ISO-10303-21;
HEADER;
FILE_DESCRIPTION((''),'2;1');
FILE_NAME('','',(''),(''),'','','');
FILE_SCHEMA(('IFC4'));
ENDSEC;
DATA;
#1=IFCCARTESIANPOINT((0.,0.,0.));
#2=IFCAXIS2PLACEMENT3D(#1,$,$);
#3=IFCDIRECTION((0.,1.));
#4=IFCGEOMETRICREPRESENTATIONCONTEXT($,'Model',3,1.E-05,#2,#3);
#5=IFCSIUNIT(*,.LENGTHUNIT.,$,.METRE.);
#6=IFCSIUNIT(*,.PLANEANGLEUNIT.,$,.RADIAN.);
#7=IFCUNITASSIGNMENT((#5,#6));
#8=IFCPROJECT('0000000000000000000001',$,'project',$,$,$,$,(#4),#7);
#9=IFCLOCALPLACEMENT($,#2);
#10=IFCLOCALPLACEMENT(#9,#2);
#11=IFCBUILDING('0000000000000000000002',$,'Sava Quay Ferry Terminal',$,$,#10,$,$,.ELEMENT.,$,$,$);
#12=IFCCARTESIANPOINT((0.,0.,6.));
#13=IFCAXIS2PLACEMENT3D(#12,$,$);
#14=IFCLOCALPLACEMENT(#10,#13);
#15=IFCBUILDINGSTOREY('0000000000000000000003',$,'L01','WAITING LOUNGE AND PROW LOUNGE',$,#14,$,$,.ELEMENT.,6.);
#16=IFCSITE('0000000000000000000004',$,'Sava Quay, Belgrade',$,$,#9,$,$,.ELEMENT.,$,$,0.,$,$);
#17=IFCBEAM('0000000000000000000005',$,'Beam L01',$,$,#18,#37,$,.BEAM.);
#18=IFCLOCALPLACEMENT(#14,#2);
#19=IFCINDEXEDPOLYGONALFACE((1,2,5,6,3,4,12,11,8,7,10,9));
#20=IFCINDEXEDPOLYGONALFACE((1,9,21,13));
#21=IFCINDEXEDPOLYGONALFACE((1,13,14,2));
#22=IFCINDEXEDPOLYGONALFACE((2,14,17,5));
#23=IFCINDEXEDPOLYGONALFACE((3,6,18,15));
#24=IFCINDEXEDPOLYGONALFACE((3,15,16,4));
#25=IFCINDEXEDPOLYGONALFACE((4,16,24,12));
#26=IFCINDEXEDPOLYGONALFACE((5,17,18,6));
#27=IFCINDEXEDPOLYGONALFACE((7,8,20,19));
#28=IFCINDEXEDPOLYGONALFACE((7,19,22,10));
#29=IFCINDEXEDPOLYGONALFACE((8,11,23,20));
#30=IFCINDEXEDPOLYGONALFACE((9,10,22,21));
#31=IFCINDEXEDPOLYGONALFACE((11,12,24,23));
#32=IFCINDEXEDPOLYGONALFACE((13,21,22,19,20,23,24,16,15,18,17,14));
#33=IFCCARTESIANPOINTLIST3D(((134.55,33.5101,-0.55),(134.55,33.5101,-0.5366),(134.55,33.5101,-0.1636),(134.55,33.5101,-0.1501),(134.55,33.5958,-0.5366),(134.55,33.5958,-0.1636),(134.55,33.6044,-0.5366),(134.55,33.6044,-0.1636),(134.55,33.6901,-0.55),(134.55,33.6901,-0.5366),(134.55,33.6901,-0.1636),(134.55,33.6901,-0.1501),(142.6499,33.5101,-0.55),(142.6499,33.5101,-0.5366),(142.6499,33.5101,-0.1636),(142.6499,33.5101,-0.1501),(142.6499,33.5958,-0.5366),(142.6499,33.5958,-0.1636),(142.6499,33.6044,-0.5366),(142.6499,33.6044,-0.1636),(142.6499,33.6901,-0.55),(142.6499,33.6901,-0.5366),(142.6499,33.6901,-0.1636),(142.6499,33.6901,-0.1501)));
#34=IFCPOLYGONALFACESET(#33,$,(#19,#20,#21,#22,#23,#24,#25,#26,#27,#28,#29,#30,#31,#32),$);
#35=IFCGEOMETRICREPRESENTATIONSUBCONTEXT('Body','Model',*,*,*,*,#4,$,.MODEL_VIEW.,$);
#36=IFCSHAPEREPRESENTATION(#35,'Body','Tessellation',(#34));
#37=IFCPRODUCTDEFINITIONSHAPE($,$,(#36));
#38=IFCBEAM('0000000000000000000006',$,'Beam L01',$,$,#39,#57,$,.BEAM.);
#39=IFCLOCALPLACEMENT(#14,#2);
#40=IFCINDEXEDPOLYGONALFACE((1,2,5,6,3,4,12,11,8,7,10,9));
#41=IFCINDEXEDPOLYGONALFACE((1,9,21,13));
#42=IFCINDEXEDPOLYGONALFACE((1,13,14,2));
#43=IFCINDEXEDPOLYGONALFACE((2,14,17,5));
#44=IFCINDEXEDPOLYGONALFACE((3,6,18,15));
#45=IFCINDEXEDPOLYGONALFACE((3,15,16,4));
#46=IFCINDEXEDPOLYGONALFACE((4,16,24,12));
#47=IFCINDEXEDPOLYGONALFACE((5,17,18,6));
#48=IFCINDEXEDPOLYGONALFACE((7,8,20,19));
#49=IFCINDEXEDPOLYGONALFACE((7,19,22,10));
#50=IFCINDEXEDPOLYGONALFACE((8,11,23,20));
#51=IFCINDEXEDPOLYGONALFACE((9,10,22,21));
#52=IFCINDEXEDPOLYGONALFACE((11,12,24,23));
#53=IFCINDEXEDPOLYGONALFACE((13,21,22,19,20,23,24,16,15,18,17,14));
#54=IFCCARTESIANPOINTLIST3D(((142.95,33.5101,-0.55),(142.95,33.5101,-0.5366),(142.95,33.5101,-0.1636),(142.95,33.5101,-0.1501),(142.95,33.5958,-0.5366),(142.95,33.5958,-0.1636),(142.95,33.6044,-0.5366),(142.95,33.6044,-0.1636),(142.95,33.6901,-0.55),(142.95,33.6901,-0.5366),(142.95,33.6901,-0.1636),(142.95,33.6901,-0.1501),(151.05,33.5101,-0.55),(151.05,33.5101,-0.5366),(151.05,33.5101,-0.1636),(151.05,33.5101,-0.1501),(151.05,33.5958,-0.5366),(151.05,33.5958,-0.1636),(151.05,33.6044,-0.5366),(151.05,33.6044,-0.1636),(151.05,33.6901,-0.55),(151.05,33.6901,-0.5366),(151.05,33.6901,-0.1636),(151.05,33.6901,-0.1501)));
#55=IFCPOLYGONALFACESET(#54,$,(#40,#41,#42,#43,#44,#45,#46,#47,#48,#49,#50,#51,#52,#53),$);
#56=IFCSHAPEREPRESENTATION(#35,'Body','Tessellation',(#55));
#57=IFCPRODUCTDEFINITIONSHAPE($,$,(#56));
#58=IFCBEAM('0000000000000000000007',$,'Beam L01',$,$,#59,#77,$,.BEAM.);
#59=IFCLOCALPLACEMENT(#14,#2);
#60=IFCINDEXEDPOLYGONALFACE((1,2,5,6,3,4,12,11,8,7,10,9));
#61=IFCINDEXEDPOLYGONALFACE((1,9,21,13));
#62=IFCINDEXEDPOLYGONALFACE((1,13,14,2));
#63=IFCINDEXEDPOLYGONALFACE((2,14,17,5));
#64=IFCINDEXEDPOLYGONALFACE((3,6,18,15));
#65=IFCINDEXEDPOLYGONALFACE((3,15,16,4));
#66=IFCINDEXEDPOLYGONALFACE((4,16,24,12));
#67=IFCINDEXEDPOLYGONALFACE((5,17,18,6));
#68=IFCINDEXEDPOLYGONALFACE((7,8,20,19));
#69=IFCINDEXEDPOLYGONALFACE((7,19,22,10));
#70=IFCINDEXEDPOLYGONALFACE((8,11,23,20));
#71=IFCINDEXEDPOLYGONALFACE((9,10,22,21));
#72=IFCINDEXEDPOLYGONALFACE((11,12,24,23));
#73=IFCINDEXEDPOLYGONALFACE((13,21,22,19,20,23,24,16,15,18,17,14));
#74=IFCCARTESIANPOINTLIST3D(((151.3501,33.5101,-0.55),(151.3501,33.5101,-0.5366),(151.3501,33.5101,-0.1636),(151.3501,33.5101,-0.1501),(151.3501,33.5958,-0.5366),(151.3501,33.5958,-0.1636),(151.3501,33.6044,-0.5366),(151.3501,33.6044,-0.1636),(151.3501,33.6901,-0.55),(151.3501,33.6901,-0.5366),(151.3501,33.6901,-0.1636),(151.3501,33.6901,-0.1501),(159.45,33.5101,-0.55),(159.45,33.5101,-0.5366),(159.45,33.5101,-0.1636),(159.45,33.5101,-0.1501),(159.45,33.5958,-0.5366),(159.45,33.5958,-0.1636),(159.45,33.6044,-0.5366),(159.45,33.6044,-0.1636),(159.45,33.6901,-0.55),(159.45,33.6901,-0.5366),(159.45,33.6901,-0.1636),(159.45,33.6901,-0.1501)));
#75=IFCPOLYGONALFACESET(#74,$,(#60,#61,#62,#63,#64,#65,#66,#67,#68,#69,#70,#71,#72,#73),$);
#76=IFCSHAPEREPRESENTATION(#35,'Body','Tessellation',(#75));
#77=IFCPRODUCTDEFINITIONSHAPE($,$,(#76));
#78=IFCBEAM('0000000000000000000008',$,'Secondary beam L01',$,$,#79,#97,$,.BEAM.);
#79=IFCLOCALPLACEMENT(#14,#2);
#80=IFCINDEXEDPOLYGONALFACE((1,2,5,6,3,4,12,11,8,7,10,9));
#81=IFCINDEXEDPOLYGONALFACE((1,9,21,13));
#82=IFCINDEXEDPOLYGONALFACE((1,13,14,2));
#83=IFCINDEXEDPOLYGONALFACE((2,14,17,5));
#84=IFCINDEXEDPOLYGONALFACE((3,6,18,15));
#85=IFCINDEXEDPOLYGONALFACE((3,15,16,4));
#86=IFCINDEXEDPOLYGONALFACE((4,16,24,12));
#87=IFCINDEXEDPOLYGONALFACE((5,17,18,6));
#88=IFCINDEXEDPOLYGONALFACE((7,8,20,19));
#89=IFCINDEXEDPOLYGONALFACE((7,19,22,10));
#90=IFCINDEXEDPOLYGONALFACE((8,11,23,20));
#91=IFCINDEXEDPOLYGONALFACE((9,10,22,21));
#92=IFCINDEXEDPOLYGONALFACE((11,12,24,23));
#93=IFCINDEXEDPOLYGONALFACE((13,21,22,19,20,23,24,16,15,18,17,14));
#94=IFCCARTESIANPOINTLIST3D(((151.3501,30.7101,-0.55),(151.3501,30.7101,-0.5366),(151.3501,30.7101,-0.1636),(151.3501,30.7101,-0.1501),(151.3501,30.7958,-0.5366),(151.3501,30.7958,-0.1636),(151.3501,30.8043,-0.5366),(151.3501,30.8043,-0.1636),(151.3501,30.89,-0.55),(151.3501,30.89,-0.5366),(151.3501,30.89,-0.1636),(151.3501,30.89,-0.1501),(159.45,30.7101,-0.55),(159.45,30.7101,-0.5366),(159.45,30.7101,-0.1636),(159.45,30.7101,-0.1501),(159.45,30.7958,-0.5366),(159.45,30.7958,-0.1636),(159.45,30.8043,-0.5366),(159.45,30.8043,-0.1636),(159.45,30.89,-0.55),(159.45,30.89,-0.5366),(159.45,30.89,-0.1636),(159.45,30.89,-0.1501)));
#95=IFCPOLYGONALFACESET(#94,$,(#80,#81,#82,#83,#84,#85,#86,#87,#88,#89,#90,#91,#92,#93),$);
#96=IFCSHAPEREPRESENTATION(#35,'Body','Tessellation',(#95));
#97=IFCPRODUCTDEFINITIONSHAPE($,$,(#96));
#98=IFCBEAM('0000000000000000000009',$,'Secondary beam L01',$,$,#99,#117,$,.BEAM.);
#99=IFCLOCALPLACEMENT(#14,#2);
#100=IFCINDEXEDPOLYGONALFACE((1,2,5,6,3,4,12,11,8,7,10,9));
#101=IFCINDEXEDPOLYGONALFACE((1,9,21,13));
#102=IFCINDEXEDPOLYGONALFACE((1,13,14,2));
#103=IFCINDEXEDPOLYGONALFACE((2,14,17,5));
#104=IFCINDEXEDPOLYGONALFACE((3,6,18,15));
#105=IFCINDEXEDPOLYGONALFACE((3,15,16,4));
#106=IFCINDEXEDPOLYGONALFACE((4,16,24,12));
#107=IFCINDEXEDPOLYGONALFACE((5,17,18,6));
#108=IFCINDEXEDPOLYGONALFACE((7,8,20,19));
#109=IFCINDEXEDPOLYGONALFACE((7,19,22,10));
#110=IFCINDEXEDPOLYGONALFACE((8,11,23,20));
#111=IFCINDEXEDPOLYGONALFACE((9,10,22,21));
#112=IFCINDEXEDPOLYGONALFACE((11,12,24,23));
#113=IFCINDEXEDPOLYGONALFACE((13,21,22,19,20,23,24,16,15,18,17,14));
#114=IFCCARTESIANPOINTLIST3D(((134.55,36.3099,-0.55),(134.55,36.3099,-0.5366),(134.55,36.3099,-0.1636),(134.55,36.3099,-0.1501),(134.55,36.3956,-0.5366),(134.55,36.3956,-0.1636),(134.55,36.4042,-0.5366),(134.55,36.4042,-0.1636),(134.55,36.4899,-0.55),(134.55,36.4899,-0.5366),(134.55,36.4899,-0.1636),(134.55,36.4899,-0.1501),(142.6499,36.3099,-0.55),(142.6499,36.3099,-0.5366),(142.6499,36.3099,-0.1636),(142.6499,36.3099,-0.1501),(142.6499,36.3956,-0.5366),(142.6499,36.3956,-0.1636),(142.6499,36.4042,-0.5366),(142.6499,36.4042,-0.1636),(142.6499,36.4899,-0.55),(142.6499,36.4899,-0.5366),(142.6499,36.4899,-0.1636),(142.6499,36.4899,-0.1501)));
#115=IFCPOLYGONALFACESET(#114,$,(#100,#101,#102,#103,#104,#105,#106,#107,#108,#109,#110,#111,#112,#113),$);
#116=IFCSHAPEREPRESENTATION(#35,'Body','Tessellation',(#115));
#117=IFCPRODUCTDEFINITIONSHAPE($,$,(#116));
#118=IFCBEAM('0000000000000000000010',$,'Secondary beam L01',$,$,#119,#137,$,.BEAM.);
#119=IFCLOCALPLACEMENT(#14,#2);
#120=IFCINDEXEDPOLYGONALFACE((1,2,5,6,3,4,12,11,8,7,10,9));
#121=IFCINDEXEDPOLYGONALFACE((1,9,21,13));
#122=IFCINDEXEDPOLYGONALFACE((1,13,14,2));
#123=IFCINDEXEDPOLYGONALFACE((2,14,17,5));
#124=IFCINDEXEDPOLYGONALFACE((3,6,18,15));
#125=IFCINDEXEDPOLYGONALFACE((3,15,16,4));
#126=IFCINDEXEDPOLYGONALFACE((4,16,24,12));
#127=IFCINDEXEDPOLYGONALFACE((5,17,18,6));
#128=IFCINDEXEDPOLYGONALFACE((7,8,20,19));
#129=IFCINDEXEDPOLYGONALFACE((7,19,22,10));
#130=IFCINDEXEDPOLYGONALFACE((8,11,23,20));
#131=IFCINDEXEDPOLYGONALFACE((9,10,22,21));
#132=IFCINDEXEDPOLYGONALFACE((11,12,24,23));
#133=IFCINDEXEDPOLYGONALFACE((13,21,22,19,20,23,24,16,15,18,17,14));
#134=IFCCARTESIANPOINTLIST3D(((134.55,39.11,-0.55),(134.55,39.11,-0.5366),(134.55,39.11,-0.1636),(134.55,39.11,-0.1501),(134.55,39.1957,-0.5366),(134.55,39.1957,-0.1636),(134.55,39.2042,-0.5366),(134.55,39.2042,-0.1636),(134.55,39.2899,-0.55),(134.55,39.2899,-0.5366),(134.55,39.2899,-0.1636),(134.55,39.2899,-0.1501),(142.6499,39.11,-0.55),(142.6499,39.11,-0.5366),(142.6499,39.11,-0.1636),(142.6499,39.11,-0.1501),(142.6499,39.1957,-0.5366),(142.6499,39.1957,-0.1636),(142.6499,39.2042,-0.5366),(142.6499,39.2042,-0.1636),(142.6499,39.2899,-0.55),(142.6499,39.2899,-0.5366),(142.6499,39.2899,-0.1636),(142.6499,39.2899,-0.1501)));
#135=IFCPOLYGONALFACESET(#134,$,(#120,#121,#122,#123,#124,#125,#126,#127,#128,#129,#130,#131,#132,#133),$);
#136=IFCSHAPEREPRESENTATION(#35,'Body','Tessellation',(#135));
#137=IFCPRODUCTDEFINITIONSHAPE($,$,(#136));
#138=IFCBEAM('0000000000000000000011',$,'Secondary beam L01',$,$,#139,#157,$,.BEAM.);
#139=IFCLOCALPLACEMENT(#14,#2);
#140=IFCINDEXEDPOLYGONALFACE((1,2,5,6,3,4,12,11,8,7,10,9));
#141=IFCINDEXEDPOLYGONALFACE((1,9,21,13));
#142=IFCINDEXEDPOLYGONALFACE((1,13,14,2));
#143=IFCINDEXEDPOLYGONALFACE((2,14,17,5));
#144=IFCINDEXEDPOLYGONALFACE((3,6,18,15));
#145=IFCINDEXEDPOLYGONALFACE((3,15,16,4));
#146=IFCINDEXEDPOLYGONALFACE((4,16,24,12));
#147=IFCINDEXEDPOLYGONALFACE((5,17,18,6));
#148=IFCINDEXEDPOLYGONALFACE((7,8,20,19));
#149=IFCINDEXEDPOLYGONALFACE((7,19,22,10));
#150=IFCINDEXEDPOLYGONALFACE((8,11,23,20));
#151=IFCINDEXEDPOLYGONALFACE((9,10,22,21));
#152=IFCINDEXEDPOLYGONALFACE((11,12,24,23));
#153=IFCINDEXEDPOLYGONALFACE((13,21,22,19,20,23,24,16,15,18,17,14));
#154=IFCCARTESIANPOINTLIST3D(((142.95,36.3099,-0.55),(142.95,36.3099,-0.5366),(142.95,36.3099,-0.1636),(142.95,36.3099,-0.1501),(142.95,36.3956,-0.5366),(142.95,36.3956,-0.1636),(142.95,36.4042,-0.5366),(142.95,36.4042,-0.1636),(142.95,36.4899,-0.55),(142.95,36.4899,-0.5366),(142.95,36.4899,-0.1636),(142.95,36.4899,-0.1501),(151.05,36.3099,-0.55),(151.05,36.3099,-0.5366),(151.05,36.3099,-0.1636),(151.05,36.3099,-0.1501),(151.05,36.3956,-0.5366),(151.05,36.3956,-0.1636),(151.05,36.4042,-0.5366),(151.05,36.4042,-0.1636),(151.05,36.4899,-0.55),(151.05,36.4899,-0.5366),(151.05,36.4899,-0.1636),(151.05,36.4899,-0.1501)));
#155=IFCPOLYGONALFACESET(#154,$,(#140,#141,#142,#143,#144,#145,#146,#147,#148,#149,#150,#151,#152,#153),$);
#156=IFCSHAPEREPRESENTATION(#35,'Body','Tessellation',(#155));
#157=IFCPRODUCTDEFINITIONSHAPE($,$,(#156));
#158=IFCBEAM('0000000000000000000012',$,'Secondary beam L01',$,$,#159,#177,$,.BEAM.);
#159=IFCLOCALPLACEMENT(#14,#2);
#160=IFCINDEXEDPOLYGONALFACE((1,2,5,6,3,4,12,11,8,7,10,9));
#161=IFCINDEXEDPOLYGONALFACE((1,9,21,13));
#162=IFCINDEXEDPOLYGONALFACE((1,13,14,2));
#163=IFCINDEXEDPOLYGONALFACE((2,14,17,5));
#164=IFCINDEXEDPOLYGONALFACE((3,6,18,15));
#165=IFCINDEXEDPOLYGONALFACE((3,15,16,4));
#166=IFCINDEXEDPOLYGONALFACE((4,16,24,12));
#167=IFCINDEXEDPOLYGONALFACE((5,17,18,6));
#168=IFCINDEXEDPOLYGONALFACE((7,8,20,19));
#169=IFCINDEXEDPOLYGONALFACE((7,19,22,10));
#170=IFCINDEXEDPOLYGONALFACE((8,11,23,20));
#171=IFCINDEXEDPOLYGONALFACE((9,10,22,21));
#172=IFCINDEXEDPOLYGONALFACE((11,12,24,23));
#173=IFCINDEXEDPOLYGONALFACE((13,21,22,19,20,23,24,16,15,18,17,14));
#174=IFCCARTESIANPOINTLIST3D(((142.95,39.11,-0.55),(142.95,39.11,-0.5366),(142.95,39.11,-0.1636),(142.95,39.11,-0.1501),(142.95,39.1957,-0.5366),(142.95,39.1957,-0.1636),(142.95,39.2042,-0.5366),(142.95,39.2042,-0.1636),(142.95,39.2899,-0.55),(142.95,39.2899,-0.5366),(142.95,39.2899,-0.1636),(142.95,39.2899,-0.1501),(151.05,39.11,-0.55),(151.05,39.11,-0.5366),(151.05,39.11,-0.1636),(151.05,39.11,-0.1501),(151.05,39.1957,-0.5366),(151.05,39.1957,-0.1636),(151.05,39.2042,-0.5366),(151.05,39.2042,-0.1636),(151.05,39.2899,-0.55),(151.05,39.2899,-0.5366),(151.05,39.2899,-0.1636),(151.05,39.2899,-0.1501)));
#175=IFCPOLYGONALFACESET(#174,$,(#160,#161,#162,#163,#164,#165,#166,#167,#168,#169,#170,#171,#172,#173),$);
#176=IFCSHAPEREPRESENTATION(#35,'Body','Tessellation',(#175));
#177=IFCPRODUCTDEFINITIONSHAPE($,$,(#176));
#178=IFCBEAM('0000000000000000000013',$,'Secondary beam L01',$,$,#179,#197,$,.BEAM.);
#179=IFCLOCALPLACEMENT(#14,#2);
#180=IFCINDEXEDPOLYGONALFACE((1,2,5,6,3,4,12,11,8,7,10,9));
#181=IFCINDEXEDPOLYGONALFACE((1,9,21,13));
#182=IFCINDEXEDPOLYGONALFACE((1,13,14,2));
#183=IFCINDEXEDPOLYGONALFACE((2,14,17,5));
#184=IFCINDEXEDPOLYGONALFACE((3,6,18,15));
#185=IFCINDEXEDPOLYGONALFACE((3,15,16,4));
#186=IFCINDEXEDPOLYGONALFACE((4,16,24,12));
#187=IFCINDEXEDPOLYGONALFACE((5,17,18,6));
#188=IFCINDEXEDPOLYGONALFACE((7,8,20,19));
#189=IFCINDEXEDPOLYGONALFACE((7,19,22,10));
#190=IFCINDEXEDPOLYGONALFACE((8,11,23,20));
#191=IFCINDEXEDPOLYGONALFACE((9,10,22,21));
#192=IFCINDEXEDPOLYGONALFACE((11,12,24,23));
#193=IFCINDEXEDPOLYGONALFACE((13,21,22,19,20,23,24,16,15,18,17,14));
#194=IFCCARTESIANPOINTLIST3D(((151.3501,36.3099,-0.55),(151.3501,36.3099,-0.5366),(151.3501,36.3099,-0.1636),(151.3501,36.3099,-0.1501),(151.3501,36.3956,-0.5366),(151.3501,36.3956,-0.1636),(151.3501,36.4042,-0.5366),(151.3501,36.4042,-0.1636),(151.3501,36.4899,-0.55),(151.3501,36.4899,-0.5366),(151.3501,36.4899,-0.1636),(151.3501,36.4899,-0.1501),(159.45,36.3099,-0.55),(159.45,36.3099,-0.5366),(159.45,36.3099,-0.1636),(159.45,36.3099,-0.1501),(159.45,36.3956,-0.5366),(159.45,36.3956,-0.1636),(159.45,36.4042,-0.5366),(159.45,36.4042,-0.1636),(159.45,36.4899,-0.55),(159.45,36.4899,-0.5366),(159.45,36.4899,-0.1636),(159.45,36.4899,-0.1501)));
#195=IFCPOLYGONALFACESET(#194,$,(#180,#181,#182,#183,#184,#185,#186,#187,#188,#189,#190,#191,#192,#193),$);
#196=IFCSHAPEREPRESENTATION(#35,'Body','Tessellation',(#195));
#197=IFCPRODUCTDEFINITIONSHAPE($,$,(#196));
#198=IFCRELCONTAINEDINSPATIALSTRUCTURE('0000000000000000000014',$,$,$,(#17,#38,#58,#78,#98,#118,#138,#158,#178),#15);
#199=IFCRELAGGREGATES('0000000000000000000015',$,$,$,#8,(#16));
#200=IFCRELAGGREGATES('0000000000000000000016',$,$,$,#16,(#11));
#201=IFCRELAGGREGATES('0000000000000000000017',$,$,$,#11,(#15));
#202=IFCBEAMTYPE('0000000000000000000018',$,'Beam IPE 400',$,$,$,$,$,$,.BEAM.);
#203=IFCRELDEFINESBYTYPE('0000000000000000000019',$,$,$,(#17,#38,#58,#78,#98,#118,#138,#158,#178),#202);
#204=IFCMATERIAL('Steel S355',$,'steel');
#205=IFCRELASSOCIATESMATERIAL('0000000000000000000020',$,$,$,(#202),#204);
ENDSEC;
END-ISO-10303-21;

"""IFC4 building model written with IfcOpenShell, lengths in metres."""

from ifc_helpers import new_model, si_unit, direction, frame, origin, origin_2d, place, context, subcontext, project, spatial, i_section, extrude, material, material_profile, profile_set, type_object, element, save


model = new_model("IFC4")

# Units and contexts
model_context = context("Model", 3, precision=1e-05, world=origin(), true_north=direction((0.0, 1.0)))
body_context = subcontext(model_context, "Body", "Model", "MODEL_VIEW")
ifc_project = project(units=[si_unit("LENGTHUNIT", "METRE"), si_unit("PLANEANGLEUNIT", "RADIAN")], contexts=[model_context])

# Site, building, storey
site_placement = place(None, origin())
site = spatial("IfcSite", under=ifc_project, at=site_placement, Name="Sava Quay, Belgrade", CompositionType="ELEMENT", RefElevation=0.0)
building_placement = place(site_placement, origin())
building = spatial("IfcBuilding", under=site, at=building_placement, Name="Sava Quay Ferry Terminal", CompositionType="ELEMENT")
storey_placement = place(building_placement, frame((0.0, 0.0, 6.0)))
storey = spatial("IfcBuildingStorey", under=building, at=storey_placement, Name="L01", Description="WAITING LOUNGE AND PROW LOUNGE", CompositionType="ELEMENT", Elevation=6.0)

# Beams
ifc_material_1 = material(Name="Steel S355", Category="steel")
ifc_material_profile_1 = material_profile(ifc_material_1, i_section(OverallWidth=0.1799, OverallDepth=0.3999, WebThickness=0.0085, FlangeThickness=0.0134, at=origin_2d()), Name="IPE 400")
ifc_profile_set_1 = profile_set([ifc_material_profile_1], Name="Steel S355")
beam_type_1 = type_object("IfcBeamType", Name="Beam IPE 400", PredefinedType="BEAM", material=ifc_profile_set_1)
beam_1_placement = place(storey_placement, frame((134.55, 33.6001, -0.3501), z_axis=(1.0, 0.0, 0.0), x_axis=(0.0, 1.0, 0.0)))
element("IfcBeam", 1, at=beam_1_placement, inside=storey, type_object=beam_type_1, Name="Beam L01", PredefinedType="BEAM", context=body_context, shape_type="SweptSolid", body=[
    extrude(i_section(OverallWidth=0.1799, OverallDepth=0.3999, WebThickness=0.0085, FlangeThickness=0.0134, at=origin_2d()), origin(), (0.0, 0.0, 1.0), 8.0999),
])
beam_2_placement = place(storey_placement, frame((142.95, 33.6001, -0.3501), z_axis=(1.0, 0.0, 0.0), x_axis=(0.0, 1.0, 0.0)))
element("IfcBeam", 2, at=beam_2_placement, inside=storey, type_object=beam_type_1, Name="Beam L01", PredefinedType="BEAM", context=body_context, shape_type="SweptSolid", body=[
    extrude(i_section(OverallWidth=0.1799, OverallDepth=0.3999, WebThickness=0.0085, FlangeThickness=0.0134, at=origin_2d()), origin(), (0.0, 0.0, 1.0), 8.1001),
])
for number, where, z_axis, x_axis, name in (
    (3, (151.3501, 33.6001, -0.3501), (1.0, 0.0, 0.0), (0.0, 1.0, 0.0), "Beam L01"),
    (4, (151.3501, 30.8, -0.3501), (1.0, 0.0, 0.0), (0.0, 1.0, 0.0), "Secondary beam L01"),
    (5, (134.55, 36.3999, -0.3501), (1.0, 0.0, 0.0), (0.0, 1.0, 0.0), "Secondary beam L01"),
    (6, (134.55, 39.2, -0.3501), (1.0, 0.0, 0.0), (0.0, 1.0, 0.0), "Secondary beam L01"),
):
    element("IfcBeam", number, at=place(storey_placement, frame(where, z_axis=z_axis, x_axis=x_axis)), inside=storey, type_object=beam_type_1, Name=name, PredefinedType="BEAM", context=body_context, shape_type="SweptSolid", body=[
        extrude(i_section(OverallWidth=0.1799, OverallDepth=0.3999, WebThickness=0.0085, FlangeThickness=0.0134, at=origin_2d()), origin(), (0.0, 0.0, 1.0), 8.0999),
    ])
for number, where, z_axis, x_axis, name in (
    (7, (142.95, 36.3999, -0.3501), (1.0, 0.0, 0.0), (0.0, 1.0, 0.0), "Secondary beam L01"),
    (8, (142.95, 39.2, -0.3501), (1.0, 0.0, 0.0), (0.0, 1.0, 0.0), "Secondary beam L01"),
):
    element("IfcBeam", number, at=place(storey_placement, frame(where, z_axis=z_axis, x_axis=x_axis)), inside=storey, type_object=beam_type_1, Name=name, PredefinedType="BEAM", context=body_context, shape_type="SweptSolid", body=[
        extrude(i_section(OverallWidth=0.1799, OverallDepth=0.3999, WebThickness=0.0085, FlangeThickness=0.0134, at=origin_2d()), origin(), (0.0, 0.0, 1.0), 8.1001),
    ])
for number, where, z_axis, x_axis, name in (
    (9, (151.3501, 36.3999, -0.3501), (1.0, 0.0, 0.0), (0.0, 1.0, 0.0), "Secondary beam L01"),
):
    element("IfcBeam", number, at=place(storey_placement, frame(where, z_axis=z_axis, x_axis=x_axis)), inside=storey, type_object=beam_type_1, Name=name, PredefinedType="BEAM", context=body_context, shape_type="SweptSolid", body=[
        extrude(i_section(OverallWidth=0.1799, OverallDepth=0.3999, WebThickness=0.0085, FlangeThickness=0.0134, at=origin_2d()), origin(), (0.0, 0.0, 1.0), 8.0999),
    ])

save(model, "model.ifc")
